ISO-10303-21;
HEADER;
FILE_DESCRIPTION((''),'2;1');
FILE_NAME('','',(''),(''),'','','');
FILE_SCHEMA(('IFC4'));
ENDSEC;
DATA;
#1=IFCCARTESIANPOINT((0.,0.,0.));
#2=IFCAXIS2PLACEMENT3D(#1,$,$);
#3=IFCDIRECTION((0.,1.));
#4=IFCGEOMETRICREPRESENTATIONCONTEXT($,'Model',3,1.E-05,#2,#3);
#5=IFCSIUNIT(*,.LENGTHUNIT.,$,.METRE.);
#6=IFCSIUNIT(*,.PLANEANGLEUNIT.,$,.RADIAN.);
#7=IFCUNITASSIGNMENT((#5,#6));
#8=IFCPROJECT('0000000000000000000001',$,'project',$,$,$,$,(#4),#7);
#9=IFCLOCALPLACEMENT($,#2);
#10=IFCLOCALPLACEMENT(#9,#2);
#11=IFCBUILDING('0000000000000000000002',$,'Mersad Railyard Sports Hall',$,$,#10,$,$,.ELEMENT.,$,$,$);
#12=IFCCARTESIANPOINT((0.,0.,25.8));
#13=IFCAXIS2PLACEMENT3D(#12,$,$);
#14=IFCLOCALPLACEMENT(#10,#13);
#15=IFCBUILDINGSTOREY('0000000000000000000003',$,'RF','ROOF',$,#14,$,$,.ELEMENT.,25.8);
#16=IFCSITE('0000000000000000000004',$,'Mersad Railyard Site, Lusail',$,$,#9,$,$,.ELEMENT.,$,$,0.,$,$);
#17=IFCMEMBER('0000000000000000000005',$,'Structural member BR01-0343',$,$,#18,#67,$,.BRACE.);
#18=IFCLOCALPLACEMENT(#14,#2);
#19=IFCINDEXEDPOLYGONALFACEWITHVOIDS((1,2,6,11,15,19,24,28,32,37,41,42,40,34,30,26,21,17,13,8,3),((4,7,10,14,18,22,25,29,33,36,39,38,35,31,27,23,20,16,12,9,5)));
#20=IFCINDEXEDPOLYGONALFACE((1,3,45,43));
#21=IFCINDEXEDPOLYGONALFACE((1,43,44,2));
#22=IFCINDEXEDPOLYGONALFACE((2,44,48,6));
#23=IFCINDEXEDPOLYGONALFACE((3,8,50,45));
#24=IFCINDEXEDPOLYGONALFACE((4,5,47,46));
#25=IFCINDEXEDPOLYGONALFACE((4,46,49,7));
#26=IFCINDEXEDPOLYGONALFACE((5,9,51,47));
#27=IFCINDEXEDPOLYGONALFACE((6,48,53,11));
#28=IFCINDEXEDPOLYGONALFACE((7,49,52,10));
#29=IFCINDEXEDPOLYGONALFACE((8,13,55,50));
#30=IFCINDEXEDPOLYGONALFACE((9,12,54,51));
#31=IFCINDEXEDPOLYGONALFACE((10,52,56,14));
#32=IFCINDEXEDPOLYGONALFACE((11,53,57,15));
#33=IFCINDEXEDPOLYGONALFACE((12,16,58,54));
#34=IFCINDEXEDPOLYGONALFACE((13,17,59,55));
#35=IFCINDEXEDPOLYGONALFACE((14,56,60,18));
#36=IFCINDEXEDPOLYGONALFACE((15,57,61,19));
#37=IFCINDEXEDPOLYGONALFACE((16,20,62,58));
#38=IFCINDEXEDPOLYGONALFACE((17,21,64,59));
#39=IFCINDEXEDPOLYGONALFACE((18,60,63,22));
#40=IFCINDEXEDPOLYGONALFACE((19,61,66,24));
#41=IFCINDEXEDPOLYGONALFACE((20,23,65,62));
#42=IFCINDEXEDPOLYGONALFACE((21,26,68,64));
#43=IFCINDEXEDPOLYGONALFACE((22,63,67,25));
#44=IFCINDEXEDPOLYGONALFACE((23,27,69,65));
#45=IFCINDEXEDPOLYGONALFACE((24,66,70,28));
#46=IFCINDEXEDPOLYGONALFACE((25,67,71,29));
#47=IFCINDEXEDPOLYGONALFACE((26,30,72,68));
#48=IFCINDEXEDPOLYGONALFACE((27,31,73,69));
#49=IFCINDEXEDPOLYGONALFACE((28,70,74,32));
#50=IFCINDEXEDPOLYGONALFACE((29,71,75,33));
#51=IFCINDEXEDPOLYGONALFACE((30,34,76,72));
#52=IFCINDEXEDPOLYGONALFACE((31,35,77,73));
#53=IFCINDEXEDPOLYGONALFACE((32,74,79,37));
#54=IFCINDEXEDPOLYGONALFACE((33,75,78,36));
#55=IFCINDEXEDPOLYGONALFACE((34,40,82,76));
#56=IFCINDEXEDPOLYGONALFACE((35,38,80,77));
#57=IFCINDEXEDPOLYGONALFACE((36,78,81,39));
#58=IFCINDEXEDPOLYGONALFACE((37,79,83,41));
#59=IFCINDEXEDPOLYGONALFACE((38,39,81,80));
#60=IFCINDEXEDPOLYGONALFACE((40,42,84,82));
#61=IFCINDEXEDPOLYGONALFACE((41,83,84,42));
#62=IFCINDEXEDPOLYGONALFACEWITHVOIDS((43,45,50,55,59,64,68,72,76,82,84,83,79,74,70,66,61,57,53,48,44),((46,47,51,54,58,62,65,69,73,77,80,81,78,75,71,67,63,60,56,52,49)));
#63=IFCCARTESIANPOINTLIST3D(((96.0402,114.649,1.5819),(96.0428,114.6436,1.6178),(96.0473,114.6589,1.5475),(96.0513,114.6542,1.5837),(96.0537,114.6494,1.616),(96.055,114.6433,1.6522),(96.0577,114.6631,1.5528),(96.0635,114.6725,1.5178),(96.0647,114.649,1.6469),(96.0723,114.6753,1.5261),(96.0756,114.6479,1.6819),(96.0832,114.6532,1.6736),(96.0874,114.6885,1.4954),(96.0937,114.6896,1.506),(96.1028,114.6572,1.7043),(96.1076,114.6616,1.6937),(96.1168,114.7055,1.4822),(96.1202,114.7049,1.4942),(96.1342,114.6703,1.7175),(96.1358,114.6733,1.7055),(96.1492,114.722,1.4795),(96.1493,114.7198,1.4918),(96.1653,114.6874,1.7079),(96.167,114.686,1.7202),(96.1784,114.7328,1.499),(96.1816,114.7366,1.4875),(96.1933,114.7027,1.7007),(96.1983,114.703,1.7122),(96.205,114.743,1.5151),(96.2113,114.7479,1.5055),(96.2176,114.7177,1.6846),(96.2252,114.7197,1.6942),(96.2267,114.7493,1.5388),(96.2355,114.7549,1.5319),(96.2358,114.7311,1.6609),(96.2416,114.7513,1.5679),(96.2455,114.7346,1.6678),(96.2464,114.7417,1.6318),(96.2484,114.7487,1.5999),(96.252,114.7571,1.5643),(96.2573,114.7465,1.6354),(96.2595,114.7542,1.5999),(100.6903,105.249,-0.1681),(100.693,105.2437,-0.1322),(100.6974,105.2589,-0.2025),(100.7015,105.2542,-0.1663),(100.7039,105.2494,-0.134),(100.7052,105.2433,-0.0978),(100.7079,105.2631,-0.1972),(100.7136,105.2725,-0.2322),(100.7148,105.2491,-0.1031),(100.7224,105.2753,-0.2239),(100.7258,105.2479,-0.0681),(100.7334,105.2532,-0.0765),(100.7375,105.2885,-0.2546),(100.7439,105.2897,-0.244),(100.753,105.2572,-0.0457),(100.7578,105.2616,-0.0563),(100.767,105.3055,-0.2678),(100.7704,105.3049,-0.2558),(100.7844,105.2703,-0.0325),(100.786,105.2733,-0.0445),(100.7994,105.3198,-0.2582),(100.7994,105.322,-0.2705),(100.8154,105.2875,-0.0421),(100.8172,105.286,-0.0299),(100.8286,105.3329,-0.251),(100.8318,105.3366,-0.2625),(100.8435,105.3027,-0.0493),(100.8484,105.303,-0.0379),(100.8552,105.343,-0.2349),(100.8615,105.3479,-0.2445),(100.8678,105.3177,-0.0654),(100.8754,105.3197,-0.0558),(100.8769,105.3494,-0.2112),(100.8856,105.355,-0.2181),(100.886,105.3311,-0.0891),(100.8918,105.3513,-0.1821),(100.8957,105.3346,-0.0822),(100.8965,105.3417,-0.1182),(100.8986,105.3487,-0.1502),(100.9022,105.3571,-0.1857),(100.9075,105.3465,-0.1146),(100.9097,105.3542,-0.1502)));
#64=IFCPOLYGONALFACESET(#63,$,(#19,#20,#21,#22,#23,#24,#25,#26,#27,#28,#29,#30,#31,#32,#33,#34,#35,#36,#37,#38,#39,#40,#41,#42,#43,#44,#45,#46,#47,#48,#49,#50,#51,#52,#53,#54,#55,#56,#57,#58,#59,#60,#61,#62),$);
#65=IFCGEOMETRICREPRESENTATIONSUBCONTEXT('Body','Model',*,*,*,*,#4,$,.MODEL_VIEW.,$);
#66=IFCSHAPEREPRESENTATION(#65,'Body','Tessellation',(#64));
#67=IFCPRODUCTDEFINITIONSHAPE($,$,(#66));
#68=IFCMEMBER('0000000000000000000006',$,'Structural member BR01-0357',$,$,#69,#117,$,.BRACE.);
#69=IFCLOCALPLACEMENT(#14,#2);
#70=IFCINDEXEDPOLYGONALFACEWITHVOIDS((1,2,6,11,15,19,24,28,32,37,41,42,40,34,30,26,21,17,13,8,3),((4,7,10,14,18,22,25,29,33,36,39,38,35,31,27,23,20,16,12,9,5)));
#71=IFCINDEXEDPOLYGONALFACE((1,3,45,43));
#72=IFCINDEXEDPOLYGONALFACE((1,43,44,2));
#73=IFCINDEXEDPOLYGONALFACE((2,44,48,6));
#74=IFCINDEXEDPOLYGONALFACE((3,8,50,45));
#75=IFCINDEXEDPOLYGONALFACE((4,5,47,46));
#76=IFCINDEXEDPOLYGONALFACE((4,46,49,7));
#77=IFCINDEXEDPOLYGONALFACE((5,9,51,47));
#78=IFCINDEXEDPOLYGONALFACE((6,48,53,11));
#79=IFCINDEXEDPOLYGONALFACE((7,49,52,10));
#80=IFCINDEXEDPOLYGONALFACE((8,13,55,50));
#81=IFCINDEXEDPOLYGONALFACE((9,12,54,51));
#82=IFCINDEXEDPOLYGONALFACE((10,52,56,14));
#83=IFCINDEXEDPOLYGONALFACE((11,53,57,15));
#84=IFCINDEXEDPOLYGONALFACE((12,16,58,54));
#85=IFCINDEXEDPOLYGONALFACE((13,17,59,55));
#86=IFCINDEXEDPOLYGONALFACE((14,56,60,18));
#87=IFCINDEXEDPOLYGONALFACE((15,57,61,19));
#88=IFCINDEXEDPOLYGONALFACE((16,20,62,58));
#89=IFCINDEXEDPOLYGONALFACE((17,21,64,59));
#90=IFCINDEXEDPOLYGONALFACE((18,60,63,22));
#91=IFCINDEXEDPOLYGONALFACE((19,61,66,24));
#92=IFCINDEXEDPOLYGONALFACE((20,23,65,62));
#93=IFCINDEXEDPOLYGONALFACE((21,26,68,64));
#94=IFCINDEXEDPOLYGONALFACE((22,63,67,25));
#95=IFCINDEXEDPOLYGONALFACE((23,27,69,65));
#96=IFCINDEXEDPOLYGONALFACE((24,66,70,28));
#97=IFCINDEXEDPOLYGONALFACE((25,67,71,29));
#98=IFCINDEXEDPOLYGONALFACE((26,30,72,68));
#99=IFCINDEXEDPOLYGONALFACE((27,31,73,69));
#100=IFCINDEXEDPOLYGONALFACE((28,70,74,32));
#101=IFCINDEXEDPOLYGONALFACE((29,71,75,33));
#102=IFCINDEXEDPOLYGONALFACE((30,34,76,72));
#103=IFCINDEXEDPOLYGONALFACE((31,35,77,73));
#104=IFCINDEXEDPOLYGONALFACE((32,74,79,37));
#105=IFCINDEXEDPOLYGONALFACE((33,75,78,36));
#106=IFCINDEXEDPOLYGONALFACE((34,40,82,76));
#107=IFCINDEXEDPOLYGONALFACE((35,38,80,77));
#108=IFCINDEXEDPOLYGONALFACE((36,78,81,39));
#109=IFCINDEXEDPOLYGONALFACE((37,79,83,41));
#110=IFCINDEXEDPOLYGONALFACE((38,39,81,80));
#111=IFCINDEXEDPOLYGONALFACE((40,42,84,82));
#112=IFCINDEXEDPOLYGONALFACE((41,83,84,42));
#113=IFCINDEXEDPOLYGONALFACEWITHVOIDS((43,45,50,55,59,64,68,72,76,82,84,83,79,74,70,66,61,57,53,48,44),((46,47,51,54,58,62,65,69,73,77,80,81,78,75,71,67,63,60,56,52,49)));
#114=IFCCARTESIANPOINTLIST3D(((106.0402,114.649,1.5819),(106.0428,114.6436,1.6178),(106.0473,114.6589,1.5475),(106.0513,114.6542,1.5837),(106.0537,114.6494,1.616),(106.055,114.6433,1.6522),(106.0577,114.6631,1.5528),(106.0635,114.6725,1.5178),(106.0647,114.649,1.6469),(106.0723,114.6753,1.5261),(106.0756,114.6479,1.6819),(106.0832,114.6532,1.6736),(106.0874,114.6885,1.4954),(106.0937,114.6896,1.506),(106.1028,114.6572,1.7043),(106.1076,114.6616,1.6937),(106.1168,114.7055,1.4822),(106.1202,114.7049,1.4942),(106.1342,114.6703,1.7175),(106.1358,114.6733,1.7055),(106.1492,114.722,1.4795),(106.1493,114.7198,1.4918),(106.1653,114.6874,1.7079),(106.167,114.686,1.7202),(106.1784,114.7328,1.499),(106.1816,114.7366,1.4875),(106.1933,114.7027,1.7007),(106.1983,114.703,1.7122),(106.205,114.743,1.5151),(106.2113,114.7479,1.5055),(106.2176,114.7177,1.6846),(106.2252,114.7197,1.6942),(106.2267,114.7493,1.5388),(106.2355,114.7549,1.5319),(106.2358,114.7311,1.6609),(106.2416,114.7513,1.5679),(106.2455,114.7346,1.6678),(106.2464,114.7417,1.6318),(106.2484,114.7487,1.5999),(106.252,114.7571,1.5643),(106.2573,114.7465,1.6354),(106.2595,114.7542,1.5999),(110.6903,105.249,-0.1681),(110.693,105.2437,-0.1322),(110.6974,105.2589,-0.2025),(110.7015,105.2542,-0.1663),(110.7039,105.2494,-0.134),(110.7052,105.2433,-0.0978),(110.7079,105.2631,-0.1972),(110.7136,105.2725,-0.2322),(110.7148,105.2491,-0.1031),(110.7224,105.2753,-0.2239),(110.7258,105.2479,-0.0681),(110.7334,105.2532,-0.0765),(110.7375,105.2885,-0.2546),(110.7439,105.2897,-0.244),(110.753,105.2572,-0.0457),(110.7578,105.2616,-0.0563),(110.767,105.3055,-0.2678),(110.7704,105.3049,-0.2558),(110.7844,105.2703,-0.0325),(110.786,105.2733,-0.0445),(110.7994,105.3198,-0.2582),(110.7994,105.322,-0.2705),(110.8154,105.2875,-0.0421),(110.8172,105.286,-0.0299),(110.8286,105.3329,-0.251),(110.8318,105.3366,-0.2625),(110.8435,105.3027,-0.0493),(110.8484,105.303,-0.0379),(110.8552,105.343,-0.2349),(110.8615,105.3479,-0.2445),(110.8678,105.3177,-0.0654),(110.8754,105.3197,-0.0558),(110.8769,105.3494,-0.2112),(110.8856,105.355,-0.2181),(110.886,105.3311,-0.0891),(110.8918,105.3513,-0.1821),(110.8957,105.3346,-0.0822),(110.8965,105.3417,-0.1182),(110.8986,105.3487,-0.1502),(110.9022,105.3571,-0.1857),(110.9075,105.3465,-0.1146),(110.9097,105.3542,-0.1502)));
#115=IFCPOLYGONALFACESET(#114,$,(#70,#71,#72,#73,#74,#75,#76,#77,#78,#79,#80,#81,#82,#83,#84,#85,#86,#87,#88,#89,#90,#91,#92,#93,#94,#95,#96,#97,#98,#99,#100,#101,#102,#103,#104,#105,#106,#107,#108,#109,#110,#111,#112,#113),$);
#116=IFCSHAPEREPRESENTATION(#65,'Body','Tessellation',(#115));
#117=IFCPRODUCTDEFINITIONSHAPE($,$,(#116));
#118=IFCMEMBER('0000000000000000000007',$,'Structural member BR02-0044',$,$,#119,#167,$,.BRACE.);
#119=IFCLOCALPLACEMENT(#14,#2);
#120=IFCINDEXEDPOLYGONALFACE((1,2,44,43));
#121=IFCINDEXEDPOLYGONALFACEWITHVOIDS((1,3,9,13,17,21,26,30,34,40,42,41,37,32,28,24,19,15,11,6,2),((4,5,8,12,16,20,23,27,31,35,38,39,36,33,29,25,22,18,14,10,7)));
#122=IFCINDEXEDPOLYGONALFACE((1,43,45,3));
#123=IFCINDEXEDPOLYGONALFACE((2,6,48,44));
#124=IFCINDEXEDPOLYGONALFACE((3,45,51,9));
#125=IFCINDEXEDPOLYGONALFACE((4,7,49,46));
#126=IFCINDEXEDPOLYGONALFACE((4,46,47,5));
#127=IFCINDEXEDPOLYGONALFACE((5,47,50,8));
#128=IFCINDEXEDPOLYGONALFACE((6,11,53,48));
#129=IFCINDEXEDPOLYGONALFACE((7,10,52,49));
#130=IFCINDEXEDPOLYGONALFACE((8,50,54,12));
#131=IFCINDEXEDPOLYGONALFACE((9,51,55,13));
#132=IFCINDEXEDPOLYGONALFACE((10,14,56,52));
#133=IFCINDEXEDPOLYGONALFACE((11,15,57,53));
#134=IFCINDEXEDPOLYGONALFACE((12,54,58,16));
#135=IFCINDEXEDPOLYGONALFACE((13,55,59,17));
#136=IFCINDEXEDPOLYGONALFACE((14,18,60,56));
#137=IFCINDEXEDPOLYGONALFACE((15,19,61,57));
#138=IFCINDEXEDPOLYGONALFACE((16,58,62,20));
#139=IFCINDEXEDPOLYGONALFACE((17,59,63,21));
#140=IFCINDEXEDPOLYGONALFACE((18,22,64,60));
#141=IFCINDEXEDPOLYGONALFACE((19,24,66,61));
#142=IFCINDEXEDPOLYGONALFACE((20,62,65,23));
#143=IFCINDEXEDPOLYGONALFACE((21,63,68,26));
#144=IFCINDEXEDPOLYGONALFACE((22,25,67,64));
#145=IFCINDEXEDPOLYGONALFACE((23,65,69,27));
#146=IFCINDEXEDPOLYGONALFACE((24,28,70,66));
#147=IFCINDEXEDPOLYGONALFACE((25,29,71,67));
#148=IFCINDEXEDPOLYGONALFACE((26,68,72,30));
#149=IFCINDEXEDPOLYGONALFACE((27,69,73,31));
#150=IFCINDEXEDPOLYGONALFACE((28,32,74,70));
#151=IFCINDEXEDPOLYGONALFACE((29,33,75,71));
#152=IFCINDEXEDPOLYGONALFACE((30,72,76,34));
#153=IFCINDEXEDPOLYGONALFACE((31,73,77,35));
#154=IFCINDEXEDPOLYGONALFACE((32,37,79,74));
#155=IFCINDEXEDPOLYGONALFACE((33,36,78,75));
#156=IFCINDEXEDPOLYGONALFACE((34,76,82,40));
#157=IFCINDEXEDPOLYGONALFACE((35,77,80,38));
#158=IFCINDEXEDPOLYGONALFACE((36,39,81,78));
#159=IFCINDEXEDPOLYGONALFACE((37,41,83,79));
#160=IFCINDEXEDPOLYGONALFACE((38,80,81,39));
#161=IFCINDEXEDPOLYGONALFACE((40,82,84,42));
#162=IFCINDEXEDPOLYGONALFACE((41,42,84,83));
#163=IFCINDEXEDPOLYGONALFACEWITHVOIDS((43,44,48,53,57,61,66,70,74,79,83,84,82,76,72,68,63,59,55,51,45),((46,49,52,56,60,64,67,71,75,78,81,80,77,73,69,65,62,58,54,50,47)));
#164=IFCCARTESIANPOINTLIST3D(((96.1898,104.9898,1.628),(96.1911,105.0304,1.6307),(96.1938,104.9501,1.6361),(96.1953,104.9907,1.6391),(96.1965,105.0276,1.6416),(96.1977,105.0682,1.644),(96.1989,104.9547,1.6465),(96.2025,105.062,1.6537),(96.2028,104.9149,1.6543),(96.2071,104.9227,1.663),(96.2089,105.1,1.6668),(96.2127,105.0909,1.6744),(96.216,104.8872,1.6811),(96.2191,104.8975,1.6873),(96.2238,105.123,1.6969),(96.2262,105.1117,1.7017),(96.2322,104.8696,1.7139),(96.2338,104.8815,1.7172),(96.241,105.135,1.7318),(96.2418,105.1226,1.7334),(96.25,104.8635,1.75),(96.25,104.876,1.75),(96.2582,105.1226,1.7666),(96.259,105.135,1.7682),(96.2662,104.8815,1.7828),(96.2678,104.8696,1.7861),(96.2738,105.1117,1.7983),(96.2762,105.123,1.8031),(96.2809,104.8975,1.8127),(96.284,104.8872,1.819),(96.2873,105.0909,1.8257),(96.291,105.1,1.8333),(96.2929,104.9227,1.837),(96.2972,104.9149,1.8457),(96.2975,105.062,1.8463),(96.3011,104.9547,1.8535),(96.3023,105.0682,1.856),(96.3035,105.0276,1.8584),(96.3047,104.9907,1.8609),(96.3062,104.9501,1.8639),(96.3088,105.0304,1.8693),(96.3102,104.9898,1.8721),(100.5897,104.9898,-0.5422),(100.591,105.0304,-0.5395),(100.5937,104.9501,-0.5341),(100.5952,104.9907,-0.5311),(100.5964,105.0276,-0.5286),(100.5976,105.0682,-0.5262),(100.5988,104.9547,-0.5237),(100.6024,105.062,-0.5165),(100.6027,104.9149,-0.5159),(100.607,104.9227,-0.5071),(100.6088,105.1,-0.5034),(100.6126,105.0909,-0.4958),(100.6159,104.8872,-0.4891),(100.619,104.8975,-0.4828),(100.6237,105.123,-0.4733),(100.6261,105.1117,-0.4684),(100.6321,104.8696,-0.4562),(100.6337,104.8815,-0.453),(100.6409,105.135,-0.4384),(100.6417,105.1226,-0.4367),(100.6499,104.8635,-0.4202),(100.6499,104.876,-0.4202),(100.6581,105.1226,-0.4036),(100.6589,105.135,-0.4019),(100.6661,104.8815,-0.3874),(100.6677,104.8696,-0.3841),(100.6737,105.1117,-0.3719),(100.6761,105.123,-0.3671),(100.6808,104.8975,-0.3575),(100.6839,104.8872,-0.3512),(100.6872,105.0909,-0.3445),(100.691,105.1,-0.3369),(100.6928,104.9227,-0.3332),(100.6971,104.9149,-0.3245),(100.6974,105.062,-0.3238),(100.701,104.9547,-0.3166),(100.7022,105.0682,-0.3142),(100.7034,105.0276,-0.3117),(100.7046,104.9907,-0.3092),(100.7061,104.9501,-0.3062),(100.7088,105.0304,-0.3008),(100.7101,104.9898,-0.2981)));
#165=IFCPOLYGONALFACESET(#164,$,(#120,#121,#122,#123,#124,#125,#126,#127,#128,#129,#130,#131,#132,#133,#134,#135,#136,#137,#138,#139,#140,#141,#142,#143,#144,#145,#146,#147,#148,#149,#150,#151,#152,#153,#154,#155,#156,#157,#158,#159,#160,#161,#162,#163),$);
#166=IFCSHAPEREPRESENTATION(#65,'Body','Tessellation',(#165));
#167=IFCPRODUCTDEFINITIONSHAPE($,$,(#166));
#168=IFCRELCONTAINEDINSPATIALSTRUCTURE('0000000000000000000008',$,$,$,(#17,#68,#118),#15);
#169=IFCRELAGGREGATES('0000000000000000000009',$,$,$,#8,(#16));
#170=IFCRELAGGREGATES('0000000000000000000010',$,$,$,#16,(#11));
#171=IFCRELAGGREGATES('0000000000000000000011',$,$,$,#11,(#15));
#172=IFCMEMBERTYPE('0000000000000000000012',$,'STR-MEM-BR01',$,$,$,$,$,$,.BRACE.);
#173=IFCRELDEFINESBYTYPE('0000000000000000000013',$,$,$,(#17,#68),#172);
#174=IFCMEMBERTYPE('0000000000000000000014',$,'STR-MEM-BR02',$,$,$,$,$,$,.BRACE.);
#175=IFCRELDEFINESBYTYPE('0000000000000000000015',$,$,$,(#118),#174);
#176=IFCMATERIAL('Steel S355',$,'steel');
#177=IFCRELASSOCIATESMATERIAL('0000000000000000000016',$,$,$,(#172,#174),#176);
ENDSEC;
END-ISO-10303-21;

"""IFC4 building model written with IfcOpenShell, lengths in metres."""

from ifc_helpers import new_model, si_unit, direction, frame, origin, origin_2d, place, context, subcontext, project, spatial, hollow_circle, extrude, material, material_profile, profile_set, type_object, element, save


model = new_model("IFC4")

# Units and contexts
model_context = context("Model", 3, precision=1e-05, world=origin(), true_north=direction((0.0, 1.0)))
body_context = subcontext(model_context, "Body", "Model", "MODEL_VIEW")
ifc_project = project(units=[si_unit("LENGTHUNIT", "METRE"), si_unit("PLANEANGLEUNIT", "RADIAN")], contexts=[model_context])

# Site, building, storey
site_placement = place(None, origin())
site = spatial("IfcSite", under=ifc_project, at=site_placement, Name="Mersad Railyard Site, Lusail", CompositionType="ELEMENT", RefElevation=0.0)
building_placement = place(site_placement, origin())
building = spatial("IfcBuilding", under=site, at=building_placement, Name="Mersad Railyard Sports Hall", CompositionType="ELEMENT")
storey_placement = place(building_placement, frame((0.0, 0.0, 25.8)))
storey = spatial("IfcBuildingStorey", under=building, at=storey_placement, Name="RF", Description="ROOF", CompositionType="ELEMENT", Elevation=25.8)

# Shared definitions
ifc_material_1 = material(Name="Steel S355", Category="steel")

# Members
ifc_material_profile_1 = material_profile(ifc_material_1, hollow_circle(Radius=0.1223, WallThickness=0.0125, at=origin_2d()), Name="CHS 244.5x12.5")
ifc_profile_set_1 = profile_set([ifc_material_profile_1], Name="Steel S355")
member_type_1 = type_object("IfcMemberType", Name="STR-MEM-BR01", PredefinedType="BRACE", material=ifc_profile_set_1)
for number, where, z_axis, x_axis, name in (
    (1, (96.1499, 114.7, 1.5999), (0.437363, -0.884094, -0.164594), (0.896319, 0.44341, 0.0), "Structural member BR01-0343"),
    (2, (106.1499, 114.7, 1.5999), (0.437363, -0.884094, -0.164594), (0.896319, 0.44341, 0.0), "Structural member BR01-0357"),
):
    element("IfcMember", number, at=place(storey_placement, frame(where, z_axis=z_axis, x_axis=x_axis)), inside=storey, type_object=member_type_1, Name=name, PredefinedType="BRACE", context=body_context, shape_type="SweptSolid", body=[
        extrude(hollow_circle(Radius=0.1223, WallThickness=0.0125, at=origin_2d()), origin(), (0.0, 0.0, 1.0), 10.6323),
    ])
ifc_material_profile_2 = material_profile(ifc_material_1, hollow_circle(Radius=0.1365, WallThickness=0.0125, at=origin_2d()), Name="CHS 273x12.5")
ifc_profile_set_2 = profile_set([ifc_material_profile_2], Name="Steel S355")
member_type_2 = type_object("IfcMemberType", Name="STR-MEM-BR02", PredefinedType="BRACE", material=ifc_profile_set_2)
for number, where, z_axis, x_axis, name in (
    (3, (100.6499, 105.0, -0.4202), (-0.896842, 0.0, 0.44235), (0.0, -1.0, 0.0), "Structural member BR02-0044"),
):
    element("IfcMember", number, at=place(storey_placement, frame(where, z_axis=z_axis, x_axis=x_axis)), inside=storey, type_object=member_type_2, Name=name, PredefinedType="BRACE", context=body_context, shape_type="SweptSolid", body=[
        extrude(hollow_circle(Radius=0.1365, WallThickness=0.0125, at=origin_2d()), origin(), (0.0, 0.0, 1.0), 4.906),
    ])

save(model, "model.ifc")
